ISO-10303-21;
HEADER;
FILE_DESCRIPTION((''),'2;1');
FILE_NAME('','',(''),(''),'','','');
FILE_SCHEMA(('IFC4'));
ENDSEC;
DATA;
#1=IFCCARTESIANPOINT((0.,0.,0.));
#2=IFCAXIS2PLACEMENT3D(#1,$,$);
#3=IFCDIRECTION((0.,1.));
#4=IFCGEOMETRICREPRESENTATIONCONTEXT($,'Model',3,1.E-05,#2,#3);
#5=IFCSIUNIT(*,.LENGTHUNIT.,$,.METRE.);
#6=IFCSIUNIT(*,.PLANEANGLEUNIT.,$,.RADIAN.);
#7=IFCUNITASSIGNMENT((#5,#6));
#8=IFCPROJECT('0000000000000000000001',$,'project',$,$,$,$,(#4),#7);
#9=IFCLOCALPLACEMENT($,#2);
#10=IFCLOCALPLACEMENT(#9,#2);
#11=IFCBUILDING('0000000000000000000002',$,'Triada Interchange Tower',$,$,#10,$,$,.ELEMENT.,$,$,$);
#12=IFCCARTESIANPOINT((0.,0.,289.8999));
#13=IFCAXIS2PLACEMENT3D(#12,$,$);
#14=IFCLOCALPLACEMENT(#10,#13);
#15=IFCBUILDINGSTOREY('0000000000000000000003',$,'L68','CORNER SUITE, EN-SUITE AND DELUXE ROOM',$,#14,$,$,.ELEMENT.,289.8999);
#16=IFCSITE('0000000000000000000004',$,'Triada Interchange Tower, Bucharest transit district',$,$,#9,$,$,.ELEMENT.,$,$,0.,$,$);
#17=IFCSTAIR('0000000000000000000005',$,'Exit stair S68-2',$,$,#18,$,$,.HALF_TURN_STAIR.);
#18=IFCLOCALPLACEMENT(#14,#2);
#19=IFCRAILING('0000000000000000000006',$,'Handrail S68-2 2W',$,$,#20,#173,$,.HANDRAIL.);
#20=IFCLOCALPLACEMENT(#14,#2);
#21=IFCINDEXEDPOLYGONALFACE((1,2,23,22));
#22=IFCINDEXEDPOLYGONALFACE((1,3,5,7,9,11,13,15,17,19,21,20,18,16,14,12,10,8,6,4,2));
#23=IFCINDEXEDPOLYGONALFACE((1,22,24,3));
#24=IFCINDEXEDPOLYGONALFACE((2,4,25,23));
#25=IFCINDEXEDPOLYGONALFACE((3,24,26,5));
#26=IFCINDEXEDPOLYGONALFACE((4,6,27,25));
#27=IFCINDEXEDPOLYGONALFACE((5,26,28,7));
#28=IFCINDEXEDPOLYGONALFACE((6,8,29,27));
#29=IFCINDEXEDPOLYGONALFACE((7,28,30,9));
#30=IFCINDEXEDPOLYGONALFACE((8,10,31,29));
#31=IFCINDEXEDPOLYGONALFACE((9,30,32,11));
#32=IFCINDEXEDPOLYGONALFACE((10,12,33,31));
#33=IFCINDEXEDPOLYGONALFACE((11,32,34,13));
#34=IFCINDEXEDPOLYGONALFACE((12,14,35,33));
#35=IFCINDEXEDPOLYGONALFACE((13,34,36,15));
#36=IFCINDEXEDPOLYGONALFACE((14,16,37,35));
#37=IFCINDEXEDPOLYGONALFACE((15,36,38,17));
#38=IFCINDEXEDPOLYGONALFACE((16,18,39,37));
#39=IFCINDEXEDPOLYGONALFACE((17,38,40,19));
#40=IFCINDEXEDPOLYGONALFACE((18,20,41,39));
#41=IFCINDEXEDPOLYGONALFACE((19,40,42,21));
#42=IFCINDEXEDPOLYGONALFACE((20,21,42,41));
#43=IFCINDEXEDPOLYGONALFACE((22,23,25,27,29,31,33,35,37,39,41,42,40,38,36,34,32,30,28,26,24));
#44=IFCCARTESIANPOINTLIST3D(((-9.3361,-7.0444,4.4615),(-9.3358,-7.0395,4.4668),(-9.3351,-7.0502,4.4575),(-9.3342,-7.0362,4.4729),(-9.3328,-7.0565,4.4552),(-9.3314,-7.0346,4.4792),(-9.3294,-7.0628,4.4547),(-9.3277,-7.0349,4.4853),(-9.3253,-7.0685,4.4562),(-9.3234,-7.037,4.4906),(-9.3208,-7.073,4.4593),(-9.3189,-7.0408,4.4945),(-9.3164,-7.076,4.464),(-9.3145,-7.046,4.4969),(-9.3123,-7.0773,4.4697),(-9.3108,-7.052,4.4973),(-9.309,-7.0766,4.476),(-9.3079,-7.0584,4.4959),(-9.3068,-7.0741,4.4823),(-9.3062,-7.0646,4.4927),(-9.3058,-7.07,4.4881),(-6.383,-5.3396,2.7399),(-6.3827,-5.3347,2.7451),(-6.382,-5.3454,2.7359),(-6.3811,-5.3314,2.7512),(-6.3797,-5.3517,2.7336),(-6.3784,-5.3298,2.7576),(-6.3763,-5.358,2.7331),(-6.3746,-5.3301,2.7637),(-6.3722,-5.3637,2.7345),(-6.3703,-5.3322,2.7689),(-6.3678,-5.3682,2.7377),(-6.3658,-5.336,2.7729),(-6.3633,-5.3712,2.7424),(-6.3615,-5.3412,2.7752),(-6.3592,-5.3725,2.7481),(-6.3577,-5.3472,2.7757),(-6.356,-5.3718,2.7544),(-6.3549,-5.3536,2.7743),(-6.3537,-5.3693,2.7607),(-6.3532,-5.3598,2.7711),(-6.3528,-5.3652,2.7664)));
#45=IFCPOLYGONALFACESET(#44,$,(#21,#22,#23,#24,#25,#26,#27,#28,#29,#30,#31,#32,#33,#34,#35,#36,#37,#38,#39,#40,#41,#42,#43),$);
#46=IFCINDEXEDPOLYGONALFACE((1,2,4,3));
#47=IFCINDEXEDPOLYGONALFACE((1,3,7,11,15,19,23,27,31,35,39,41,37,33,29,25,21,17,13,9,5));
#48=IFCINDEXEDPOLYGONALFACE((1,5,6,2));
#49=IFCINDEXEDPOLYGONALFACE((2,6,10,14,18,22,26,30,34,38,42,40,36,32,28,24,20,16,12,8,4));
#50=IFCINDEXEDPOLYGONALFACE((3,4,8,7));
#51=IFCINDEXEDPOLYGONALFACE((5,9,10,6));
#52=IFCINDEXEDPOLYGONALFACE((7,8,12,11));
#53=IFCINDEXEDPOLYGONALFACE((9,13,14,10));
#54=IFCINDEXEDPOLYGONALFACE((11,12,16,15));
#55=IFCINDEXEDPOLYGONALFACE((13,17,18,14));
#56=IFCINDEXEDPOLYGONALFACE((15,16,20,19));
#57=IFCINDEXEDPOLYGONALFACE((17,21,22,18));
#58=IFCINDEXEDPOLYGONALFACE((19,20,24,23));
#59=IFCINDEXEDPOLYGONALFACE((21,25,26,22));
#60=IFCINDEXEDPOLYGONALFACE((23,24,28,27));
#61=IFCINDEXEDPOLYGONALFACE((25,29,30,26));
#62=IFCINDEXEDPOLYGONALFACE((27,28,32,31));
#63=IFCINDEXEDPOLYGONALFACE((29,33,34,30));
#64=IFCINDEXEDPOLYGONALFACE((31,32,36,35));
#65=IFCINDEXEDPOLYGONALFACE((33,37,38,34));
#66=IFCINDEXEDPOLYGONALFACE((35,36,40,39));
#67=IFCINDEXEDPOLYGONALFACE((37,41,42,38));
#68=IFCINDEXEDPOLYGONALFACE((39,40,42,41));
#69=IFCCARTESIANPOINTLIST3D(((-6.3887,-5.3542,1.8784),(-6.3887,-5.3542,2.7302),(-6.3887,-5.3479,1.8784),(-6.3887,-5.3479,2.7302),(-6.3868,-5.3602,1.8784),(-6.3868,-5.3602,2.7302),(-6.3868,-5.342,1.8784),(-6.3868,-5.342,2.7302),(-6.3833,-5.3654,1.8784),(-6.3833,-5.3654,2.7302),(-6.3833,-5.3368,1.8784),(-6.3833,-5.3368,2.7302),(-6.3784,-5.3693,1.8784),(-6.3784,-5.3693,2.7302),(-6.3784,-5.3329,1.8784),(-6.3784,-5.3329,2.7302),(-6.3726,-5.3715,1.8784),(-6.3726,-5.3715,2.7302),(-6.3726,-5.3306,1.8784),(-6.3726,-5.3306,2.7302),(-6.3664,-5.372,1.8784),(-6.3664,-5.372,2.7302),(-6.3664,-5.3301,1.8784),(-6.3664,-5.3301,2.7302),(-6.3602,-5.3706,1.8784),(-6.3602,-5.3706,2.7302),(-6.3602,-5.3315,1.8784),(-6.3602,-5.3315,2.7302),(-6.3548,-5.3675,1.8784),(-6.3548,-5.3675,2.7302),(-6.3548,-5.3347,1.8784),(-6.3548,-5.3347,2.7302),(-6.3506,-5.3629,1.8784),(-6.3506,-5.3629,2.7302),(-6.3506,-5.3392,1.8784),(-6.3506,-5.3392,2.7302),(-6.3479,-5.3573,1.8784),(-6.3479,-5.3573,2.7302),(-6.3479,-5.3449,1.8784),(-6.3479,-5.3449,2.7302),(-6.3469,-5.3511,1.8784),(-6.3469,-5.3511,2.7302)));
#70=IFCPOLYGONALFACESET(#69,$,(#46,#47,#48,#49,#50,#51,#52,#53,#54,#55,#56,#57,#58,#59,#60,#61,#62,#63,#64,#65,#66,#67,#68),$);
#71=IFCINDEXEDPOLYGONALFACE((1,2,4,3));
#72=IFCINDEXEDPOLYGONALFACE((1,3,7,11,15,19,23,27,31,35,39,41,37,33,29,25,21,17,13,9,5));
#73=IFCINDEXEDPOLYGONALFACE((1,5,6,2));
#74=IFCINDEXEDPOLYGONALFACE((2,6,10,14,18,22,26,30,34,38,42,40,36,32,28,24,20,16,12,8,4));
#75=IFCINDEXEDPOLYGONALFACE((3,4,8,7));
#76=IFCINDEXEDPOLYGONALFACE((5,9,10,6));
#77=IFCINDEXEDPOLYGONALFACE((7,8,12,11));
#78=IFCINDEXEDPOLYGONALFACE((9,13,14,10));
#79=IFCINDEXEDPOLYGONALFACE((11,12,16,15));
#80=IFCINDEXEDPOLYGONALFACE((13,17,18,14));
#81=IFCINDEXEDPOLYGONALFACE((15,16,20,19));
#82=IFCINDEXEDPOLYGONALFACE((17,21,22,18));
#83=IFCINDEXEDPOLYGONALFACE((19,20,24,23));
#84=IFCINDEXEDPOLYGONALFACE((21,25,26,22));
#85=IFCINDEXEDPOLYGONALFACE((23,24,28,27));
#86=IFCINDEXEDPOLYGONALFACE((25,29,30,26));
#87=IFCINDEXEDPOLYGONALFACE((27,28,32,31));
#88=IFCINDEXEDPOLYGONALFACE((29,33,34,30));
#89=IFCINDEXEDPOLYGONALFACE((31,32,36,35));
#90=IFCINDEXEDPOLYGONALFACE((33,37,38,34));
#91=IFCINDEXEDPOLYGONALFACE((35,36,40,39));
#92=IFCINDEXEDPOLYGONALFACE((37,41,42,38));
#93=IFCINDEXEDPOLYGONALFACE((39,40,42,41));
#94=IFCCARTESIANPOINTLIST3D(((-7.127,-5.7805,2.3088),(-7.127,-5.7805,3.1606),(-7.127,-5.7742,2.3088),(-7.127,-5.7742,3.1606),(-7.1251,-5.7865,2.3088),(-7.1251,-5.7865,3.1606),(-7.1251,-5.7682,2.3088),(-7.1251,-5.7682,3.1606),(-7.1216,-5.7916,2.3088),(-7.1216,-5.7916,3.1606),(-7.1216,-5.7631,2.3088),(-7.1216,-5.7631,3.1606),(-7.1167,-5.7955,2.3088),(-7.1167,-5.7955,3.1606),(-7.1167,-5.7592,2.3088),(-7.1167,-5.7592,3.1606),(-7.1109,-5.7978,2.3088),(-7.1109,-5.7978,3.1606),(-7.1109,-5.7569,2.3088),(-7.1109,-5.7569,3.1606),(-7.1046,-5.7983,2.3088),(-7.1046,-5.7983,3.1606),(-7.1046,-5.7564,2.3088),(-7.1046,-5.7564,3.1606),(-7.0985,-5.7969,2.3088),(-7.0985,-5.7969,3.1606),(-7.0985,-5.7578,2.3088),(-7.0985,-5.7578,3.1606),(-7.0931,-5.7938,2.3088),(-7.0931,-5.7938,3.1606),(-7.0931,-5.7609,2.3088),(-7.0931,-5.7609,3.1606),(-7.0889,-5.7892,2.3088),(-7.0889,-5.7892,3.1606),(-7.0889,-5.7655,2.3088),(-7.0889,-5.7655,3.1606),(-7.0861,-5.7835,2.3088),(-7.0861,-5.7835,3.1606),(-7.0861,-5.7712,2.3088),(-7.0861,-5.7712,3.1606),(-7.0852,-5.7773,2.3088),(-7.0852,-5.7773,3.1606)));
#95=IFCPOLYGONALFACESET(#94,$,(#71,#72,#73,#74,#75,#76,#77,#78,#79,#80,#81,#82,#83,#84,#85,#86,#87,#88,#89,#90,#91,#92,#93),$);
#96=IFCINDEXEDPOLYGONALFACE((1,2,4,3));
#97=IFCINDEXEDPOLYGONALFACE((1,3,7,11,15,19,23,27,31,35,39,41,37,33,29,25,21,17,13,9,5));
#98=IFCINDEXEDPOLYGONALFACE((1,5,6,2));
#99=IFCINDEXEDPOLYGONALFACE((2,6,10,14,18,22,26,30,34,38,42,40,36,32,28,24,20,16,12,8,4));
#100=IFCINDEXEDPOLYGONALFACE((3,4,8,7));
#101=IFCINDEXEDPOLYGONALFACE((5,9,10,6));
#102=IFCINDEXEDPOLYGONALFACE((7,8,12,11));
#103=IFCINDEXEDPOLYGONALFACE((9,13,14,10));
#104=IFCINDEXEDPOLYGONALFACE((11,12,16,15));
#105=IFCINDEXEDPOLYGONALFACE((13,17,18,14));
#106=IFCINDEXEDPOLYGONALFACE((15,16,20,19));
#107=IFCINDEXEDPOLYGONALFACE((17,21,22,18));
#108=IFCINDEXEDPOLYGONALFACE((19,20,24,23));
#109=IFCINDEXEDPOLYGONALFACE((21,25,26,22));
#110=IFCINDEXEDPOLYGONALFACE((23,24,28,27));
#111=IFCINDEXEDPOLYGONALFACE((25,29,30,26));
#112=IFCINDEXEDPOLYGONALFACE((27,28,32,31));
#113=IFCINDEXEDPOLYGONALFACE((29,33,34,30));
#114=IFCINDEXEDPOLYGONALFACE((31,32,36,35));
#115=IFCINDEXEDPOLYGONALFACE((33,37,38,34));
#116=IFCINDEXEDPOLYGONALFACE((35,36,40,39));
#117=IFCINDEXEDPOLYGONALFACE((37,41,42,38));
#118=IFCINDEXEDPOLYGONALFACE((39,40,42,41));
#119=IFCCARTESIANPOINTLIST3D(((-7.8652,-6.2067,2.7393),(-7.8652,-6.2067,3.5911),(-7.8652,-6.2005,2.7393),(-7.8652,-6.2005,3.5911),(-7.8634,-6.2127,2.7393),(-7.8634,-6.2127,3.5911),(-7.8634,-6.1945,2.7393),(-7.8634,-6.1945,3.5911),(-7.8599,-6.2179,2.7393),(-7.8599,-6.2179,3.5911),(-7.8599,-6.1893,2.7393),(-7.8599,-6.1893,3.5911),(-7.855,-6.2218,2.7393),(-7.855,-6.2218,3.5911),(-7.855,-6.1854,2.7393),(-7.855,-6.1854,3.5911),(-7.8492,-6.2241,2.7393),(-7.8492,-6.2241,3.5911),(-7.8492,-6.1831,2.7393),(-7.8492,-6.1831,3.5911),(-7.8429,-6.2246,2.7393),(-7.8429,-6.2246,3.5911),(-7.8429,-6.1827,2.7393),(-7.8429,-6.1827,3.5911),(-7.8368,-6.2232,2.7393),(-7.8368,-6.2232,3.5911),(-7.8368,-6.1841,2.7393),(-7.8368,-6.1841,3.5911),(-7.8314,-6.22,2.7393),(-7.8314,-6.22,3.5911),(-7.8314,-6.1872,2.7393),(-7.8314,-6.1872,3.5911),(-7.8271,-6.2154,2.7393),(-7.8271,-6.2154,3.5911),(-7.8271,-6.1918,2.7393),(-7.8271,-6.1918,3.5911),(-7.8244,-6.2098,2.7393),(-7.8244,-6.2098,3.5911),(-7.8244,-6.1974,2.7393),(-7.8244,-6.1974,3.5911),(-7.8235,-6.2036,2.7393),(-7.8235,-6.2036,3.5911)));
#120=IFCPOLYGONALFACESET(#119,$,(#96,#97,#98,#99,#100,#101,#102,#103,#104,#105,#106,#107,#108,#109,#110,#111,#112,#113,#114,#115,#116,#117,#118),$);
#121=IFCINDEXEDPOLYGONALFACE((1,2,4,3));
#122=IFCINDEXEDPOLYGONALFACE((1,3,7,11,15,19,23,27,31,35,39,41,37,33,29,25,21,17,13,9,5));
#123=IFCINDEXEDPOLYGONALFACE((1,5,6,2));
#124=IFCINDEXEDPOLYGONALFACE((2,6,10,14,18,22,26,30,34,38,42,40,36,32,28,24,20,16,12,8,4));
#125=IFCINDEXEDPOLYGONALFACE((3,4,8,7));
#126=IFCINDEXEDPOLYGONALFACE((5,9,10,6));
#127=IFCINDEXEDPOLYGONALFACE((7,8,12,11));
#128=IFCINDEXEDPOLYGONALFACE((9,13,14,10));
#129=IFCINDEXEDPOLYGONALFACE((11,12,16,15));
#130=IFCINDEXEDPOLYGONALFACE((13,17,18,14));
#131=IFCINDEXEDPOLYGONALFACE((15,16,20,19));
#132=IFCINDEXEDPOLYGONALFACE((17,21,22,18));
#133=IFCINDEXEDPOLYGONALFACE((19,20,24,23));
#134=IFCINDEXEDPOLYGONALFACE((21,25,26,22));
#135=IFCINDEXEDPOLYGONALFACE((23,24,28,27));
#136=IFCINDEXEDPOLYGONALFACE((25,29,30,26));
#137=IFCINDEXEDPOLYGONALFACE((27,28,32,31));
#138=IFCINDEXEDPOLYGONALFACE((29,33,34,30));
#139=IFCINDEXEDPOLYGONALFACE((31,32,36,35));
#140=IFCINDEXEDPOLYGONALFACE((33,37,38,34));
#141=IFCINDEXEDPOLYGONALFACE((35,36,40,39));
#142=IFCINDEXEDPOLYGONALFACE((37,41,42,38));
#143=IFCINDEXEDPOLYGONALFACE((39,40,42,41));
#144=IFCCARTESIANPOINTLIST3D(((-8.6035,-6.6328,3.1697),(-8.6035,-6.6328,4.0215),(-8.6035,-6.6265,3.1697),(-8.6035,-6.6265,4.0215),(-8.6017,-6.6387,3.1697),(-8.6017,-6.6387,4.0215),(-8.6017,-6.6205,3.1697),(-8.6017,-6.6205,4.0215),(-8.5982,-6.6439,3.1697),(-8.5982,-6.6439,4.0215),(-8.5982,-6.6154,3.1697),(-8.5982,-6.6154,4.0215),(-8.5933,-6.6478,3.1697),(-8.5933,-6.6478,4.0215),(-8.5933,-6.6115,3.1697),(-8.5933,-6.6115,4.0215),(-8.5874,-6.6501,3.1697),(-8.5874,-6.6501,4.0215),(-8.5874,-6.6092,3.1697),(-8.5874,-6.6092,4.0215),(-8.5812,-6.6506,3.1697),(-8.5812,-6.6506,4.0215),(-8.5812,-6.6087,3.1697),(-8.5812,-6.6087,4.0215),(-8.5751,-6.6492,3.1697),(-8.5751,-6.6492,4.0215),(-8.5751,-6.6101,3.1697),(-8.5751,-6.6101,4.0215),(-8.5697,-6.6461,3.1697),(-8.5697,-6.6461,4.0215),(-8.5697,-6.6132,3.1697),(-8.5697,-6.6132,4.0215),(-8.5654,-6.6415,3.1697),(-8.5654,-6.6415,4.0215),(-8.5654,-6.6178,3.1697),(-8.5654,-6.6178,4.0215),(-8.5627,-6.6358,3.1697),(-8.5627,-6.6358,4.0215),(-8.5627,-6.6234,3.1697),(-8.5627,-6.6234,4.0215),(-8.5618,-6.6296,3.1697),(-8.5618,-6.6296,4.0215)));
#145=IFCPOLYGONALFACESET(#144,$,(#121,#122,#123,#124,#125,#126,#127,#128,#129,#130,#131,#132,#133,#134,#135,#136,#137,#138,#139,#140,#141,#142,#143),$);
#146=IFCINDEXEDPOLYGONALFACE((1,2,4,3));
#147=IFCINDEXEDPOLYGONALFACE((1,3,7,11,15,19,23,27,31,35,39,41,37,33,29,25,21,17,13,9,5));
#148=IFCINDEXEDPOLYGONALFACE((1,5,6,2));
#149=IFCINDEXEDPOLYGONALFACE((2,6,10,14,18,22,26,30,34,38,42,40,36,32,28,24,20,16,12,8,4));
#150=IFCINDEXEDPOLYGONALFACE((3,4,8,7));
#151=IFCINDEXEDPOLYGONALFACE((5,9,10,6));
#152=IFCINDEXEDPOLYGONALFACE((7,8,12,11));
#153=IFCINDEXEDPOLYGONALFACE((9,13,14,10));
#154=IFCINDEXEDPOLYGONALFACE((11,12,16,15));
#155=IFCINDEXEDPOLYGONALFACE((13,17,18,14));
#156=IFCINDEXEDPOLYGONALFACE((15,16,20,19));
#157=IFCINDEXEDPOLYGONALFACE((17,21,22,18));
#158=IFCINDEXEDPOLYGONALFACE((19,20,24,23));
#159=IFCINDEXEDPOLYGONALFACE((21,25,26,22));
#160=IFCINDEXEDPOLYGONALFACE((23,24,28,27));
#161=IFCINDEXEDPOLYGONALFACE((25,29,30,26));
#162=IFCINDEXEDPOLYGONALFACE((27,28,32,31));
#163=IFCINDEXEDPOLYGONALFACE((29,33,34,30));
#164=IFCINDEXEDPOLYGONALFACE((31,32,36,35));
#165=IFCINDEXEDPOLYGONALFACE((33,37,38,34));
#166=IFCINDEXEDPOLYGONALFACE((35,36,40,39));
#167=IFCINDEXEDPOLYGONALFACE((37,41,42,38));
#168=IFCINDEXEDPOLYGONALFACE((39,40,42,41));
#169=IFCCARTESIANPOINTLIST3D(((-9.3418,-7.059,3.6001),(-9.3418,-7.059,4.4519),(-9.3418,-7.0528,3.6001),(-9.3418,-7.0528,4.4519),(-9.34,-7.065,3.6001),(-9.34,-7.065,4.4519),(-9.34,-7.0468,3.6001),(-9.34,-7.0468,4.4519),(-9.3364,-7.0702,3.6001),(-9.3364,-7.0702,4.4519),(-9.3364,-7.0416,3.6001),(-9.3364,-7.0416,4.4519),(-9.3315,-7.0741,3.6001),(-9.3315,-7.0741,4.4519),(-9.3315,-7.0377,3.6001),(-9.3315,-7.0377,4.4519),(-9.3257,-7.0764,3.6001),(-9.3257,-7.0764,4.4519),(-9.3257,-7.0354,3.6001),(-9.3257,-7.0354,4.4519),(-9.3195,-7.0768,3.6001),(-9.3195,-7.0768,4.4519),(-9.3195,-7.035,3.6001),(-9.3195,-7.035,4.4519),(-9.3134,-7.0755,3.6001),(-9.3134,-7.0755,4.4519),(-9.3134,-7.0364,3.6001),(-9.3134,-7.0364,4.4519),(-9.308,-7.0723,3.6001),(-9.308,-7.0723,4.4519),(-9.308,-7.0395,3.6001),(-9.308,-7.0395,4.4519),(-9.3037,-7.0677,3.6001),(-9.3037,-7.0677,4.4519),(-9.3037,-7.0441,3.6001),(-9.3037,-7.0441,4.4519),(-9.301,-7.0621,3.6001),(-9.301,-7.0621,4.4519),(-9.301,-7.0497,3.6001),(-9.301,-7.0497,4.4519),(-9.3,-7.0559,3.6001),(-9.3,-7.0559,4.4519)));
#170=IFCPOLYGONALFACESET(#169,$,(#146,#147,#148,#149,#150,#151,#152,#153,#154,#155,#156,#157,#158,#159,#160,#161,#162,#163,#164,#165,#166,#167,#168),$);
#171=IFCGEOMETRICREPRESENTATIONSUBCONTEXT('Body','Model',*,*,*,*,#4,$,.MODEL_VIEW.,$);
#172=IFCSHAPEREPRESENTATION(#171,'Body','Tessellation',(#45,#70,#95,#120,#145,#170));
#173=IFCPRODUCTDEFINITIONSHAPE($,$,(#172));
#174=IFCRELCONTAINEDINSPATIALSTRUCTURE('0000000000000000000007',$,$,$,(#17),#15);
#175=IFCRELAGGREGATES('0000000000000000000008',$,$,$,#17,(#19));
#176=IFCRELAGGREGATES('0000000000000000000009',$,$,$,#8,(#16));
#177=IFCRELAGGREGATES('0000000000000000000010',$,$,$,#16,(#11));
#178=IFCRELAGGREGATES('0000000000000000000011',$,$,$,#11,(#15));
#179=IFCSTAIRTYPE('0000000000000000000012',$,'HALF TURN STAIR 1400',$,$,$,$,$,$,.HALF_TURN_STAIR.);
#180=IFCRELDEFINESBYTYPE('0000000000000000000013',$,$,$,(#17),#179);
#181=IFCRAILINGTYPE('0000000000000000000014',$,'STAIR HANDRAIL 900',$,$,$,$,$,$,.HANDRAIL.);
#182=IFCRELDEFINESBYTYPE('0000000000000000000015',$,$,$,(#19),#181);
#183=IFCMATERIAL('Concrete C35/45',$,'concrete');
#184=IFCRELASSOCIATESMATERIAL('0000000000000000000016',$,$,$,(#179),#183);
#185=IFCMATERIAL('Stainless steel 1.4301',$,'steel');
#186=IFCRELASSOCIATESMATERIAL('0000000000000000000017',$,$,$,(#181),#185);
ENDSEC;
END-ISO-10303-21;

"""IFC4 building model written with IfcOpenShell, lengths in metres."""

from ifc_helpers import new_model, si_unit, direction, frame, origin, origin_2d, place, context, subcontext, project, spatial, circle, extrude, material, type_object, element, aggregate, save


model = new_model("IFC4")

# Units and contexts
model_context = context("Model", 3, precision=1e-05, world=origin(), true_north=direction((0.0, 1.0)))
body_context = subcontext(model_context, "Body", "Model", "MODEL_VIEW")
ifc_project = project(units=[si_unit("LENGTHUNIT", "METRE"), si_unit("PLANEANGLEUNIT", "RADIAN")], contexts=[model_context])

# Site, building, storey
site_placement = place(None, origin())
site = spatial("IfcSite", under=ifc_project, at=site_placement, Name="Triada Interchange Tower, Bucharest transit district", CompositionType="ELEMENT", RefElevation=0.0)
building_placement = place(site_placement, origin())
building = spatial("IfcBuilding", under=site, at=building_placement, Name="Triada Interchange Tower", CompositionType="ELEMENT")
storey_placement = place(building_placement, frame((0.0, 0.0, 289.8999)))
storey = spatial("IfcBuildingStorey", under=building, at=storey_placement, Name="L68", Description="CORNER SUITE, EN-SUITE AND DELUXE ROOM", CompositionType="ELEMENT", Elevation=289.8999)

# Stair, railing
ifc_material_1 = material(Name="Concrete C35/45", Category="concrete")
stair_type = type_object("IfcStairType", Name="HALF TURN STAIR 1400", PredefinedType="HALF_TURN_STAIR", material=ifc_material_1)
stair_placement = place(storey_placement, origin())
stair = element("IfcStair", 1, at=stair_placement, inside=storey, type_object=stair_type, Name="Exit stair S68-2", PredefinedType="HALF_TURN_STAIR")
ifc_material_2 = material(Name="Stainless steel 1.4301", Category="steel")
railing_type = type_object("IfcRailingType", Name="STAIR HANDRAIL 900", PredefinedType="HANDRAIL", material=ifc_material_2)
railing_1_placement = place(storey_placement, frame((-6.3679, -5.3511, 1.8784)))
railing_1 = element("IfcRailing", 2, at=railing_1_placement, type_object=railing_type, Name="Handrail S68-2 2W", PredefinedType="HANDRAIL", context=body_context, shape_type="SweptSolid", body=[
    extrude(circle(Radius=0.0239, at=origin_2d()), frame((0.0, 0.0, 0.876), z_axis=(-0.773091, -0.446304, 0.450714), x_axis=(0.499966, -0.866045, 0.0)), (0.0, 0.0, 1.0), 3.8198),
    extrude(circle(Radius=0.021, at=origin_2d()), origin(), (0.0, 0.0, 1.0), 0.8518),
    extrude(circle(Radius=0.021, at=origin_2d()), frame((-0.7383, -0.4263, 0.4304)), (0.0, 0.0, 1.0), 0.8518),
    extrude(circle(Radius=0.021, at=origin_2d()), frame((-1.4766, -0.8525, 0.8608)), (0.0, 0.0, 1.0), 0.8518),
    extrude(circle(Radius=0.021, at=origin_2d()), frame((-2.2148, -1.2786, 1.2913)), (0.0, 0.0, 1.0), 0.8518),
    extrude(circle(Radius=0.021, at=origin_2d()), frame((-2.9531, -1.7048, 1.7217)), (0.0, 0.0, 1.0), 0.8518),
])
aggregate(stair, [railing_1])

save(model, "model.ifc")
